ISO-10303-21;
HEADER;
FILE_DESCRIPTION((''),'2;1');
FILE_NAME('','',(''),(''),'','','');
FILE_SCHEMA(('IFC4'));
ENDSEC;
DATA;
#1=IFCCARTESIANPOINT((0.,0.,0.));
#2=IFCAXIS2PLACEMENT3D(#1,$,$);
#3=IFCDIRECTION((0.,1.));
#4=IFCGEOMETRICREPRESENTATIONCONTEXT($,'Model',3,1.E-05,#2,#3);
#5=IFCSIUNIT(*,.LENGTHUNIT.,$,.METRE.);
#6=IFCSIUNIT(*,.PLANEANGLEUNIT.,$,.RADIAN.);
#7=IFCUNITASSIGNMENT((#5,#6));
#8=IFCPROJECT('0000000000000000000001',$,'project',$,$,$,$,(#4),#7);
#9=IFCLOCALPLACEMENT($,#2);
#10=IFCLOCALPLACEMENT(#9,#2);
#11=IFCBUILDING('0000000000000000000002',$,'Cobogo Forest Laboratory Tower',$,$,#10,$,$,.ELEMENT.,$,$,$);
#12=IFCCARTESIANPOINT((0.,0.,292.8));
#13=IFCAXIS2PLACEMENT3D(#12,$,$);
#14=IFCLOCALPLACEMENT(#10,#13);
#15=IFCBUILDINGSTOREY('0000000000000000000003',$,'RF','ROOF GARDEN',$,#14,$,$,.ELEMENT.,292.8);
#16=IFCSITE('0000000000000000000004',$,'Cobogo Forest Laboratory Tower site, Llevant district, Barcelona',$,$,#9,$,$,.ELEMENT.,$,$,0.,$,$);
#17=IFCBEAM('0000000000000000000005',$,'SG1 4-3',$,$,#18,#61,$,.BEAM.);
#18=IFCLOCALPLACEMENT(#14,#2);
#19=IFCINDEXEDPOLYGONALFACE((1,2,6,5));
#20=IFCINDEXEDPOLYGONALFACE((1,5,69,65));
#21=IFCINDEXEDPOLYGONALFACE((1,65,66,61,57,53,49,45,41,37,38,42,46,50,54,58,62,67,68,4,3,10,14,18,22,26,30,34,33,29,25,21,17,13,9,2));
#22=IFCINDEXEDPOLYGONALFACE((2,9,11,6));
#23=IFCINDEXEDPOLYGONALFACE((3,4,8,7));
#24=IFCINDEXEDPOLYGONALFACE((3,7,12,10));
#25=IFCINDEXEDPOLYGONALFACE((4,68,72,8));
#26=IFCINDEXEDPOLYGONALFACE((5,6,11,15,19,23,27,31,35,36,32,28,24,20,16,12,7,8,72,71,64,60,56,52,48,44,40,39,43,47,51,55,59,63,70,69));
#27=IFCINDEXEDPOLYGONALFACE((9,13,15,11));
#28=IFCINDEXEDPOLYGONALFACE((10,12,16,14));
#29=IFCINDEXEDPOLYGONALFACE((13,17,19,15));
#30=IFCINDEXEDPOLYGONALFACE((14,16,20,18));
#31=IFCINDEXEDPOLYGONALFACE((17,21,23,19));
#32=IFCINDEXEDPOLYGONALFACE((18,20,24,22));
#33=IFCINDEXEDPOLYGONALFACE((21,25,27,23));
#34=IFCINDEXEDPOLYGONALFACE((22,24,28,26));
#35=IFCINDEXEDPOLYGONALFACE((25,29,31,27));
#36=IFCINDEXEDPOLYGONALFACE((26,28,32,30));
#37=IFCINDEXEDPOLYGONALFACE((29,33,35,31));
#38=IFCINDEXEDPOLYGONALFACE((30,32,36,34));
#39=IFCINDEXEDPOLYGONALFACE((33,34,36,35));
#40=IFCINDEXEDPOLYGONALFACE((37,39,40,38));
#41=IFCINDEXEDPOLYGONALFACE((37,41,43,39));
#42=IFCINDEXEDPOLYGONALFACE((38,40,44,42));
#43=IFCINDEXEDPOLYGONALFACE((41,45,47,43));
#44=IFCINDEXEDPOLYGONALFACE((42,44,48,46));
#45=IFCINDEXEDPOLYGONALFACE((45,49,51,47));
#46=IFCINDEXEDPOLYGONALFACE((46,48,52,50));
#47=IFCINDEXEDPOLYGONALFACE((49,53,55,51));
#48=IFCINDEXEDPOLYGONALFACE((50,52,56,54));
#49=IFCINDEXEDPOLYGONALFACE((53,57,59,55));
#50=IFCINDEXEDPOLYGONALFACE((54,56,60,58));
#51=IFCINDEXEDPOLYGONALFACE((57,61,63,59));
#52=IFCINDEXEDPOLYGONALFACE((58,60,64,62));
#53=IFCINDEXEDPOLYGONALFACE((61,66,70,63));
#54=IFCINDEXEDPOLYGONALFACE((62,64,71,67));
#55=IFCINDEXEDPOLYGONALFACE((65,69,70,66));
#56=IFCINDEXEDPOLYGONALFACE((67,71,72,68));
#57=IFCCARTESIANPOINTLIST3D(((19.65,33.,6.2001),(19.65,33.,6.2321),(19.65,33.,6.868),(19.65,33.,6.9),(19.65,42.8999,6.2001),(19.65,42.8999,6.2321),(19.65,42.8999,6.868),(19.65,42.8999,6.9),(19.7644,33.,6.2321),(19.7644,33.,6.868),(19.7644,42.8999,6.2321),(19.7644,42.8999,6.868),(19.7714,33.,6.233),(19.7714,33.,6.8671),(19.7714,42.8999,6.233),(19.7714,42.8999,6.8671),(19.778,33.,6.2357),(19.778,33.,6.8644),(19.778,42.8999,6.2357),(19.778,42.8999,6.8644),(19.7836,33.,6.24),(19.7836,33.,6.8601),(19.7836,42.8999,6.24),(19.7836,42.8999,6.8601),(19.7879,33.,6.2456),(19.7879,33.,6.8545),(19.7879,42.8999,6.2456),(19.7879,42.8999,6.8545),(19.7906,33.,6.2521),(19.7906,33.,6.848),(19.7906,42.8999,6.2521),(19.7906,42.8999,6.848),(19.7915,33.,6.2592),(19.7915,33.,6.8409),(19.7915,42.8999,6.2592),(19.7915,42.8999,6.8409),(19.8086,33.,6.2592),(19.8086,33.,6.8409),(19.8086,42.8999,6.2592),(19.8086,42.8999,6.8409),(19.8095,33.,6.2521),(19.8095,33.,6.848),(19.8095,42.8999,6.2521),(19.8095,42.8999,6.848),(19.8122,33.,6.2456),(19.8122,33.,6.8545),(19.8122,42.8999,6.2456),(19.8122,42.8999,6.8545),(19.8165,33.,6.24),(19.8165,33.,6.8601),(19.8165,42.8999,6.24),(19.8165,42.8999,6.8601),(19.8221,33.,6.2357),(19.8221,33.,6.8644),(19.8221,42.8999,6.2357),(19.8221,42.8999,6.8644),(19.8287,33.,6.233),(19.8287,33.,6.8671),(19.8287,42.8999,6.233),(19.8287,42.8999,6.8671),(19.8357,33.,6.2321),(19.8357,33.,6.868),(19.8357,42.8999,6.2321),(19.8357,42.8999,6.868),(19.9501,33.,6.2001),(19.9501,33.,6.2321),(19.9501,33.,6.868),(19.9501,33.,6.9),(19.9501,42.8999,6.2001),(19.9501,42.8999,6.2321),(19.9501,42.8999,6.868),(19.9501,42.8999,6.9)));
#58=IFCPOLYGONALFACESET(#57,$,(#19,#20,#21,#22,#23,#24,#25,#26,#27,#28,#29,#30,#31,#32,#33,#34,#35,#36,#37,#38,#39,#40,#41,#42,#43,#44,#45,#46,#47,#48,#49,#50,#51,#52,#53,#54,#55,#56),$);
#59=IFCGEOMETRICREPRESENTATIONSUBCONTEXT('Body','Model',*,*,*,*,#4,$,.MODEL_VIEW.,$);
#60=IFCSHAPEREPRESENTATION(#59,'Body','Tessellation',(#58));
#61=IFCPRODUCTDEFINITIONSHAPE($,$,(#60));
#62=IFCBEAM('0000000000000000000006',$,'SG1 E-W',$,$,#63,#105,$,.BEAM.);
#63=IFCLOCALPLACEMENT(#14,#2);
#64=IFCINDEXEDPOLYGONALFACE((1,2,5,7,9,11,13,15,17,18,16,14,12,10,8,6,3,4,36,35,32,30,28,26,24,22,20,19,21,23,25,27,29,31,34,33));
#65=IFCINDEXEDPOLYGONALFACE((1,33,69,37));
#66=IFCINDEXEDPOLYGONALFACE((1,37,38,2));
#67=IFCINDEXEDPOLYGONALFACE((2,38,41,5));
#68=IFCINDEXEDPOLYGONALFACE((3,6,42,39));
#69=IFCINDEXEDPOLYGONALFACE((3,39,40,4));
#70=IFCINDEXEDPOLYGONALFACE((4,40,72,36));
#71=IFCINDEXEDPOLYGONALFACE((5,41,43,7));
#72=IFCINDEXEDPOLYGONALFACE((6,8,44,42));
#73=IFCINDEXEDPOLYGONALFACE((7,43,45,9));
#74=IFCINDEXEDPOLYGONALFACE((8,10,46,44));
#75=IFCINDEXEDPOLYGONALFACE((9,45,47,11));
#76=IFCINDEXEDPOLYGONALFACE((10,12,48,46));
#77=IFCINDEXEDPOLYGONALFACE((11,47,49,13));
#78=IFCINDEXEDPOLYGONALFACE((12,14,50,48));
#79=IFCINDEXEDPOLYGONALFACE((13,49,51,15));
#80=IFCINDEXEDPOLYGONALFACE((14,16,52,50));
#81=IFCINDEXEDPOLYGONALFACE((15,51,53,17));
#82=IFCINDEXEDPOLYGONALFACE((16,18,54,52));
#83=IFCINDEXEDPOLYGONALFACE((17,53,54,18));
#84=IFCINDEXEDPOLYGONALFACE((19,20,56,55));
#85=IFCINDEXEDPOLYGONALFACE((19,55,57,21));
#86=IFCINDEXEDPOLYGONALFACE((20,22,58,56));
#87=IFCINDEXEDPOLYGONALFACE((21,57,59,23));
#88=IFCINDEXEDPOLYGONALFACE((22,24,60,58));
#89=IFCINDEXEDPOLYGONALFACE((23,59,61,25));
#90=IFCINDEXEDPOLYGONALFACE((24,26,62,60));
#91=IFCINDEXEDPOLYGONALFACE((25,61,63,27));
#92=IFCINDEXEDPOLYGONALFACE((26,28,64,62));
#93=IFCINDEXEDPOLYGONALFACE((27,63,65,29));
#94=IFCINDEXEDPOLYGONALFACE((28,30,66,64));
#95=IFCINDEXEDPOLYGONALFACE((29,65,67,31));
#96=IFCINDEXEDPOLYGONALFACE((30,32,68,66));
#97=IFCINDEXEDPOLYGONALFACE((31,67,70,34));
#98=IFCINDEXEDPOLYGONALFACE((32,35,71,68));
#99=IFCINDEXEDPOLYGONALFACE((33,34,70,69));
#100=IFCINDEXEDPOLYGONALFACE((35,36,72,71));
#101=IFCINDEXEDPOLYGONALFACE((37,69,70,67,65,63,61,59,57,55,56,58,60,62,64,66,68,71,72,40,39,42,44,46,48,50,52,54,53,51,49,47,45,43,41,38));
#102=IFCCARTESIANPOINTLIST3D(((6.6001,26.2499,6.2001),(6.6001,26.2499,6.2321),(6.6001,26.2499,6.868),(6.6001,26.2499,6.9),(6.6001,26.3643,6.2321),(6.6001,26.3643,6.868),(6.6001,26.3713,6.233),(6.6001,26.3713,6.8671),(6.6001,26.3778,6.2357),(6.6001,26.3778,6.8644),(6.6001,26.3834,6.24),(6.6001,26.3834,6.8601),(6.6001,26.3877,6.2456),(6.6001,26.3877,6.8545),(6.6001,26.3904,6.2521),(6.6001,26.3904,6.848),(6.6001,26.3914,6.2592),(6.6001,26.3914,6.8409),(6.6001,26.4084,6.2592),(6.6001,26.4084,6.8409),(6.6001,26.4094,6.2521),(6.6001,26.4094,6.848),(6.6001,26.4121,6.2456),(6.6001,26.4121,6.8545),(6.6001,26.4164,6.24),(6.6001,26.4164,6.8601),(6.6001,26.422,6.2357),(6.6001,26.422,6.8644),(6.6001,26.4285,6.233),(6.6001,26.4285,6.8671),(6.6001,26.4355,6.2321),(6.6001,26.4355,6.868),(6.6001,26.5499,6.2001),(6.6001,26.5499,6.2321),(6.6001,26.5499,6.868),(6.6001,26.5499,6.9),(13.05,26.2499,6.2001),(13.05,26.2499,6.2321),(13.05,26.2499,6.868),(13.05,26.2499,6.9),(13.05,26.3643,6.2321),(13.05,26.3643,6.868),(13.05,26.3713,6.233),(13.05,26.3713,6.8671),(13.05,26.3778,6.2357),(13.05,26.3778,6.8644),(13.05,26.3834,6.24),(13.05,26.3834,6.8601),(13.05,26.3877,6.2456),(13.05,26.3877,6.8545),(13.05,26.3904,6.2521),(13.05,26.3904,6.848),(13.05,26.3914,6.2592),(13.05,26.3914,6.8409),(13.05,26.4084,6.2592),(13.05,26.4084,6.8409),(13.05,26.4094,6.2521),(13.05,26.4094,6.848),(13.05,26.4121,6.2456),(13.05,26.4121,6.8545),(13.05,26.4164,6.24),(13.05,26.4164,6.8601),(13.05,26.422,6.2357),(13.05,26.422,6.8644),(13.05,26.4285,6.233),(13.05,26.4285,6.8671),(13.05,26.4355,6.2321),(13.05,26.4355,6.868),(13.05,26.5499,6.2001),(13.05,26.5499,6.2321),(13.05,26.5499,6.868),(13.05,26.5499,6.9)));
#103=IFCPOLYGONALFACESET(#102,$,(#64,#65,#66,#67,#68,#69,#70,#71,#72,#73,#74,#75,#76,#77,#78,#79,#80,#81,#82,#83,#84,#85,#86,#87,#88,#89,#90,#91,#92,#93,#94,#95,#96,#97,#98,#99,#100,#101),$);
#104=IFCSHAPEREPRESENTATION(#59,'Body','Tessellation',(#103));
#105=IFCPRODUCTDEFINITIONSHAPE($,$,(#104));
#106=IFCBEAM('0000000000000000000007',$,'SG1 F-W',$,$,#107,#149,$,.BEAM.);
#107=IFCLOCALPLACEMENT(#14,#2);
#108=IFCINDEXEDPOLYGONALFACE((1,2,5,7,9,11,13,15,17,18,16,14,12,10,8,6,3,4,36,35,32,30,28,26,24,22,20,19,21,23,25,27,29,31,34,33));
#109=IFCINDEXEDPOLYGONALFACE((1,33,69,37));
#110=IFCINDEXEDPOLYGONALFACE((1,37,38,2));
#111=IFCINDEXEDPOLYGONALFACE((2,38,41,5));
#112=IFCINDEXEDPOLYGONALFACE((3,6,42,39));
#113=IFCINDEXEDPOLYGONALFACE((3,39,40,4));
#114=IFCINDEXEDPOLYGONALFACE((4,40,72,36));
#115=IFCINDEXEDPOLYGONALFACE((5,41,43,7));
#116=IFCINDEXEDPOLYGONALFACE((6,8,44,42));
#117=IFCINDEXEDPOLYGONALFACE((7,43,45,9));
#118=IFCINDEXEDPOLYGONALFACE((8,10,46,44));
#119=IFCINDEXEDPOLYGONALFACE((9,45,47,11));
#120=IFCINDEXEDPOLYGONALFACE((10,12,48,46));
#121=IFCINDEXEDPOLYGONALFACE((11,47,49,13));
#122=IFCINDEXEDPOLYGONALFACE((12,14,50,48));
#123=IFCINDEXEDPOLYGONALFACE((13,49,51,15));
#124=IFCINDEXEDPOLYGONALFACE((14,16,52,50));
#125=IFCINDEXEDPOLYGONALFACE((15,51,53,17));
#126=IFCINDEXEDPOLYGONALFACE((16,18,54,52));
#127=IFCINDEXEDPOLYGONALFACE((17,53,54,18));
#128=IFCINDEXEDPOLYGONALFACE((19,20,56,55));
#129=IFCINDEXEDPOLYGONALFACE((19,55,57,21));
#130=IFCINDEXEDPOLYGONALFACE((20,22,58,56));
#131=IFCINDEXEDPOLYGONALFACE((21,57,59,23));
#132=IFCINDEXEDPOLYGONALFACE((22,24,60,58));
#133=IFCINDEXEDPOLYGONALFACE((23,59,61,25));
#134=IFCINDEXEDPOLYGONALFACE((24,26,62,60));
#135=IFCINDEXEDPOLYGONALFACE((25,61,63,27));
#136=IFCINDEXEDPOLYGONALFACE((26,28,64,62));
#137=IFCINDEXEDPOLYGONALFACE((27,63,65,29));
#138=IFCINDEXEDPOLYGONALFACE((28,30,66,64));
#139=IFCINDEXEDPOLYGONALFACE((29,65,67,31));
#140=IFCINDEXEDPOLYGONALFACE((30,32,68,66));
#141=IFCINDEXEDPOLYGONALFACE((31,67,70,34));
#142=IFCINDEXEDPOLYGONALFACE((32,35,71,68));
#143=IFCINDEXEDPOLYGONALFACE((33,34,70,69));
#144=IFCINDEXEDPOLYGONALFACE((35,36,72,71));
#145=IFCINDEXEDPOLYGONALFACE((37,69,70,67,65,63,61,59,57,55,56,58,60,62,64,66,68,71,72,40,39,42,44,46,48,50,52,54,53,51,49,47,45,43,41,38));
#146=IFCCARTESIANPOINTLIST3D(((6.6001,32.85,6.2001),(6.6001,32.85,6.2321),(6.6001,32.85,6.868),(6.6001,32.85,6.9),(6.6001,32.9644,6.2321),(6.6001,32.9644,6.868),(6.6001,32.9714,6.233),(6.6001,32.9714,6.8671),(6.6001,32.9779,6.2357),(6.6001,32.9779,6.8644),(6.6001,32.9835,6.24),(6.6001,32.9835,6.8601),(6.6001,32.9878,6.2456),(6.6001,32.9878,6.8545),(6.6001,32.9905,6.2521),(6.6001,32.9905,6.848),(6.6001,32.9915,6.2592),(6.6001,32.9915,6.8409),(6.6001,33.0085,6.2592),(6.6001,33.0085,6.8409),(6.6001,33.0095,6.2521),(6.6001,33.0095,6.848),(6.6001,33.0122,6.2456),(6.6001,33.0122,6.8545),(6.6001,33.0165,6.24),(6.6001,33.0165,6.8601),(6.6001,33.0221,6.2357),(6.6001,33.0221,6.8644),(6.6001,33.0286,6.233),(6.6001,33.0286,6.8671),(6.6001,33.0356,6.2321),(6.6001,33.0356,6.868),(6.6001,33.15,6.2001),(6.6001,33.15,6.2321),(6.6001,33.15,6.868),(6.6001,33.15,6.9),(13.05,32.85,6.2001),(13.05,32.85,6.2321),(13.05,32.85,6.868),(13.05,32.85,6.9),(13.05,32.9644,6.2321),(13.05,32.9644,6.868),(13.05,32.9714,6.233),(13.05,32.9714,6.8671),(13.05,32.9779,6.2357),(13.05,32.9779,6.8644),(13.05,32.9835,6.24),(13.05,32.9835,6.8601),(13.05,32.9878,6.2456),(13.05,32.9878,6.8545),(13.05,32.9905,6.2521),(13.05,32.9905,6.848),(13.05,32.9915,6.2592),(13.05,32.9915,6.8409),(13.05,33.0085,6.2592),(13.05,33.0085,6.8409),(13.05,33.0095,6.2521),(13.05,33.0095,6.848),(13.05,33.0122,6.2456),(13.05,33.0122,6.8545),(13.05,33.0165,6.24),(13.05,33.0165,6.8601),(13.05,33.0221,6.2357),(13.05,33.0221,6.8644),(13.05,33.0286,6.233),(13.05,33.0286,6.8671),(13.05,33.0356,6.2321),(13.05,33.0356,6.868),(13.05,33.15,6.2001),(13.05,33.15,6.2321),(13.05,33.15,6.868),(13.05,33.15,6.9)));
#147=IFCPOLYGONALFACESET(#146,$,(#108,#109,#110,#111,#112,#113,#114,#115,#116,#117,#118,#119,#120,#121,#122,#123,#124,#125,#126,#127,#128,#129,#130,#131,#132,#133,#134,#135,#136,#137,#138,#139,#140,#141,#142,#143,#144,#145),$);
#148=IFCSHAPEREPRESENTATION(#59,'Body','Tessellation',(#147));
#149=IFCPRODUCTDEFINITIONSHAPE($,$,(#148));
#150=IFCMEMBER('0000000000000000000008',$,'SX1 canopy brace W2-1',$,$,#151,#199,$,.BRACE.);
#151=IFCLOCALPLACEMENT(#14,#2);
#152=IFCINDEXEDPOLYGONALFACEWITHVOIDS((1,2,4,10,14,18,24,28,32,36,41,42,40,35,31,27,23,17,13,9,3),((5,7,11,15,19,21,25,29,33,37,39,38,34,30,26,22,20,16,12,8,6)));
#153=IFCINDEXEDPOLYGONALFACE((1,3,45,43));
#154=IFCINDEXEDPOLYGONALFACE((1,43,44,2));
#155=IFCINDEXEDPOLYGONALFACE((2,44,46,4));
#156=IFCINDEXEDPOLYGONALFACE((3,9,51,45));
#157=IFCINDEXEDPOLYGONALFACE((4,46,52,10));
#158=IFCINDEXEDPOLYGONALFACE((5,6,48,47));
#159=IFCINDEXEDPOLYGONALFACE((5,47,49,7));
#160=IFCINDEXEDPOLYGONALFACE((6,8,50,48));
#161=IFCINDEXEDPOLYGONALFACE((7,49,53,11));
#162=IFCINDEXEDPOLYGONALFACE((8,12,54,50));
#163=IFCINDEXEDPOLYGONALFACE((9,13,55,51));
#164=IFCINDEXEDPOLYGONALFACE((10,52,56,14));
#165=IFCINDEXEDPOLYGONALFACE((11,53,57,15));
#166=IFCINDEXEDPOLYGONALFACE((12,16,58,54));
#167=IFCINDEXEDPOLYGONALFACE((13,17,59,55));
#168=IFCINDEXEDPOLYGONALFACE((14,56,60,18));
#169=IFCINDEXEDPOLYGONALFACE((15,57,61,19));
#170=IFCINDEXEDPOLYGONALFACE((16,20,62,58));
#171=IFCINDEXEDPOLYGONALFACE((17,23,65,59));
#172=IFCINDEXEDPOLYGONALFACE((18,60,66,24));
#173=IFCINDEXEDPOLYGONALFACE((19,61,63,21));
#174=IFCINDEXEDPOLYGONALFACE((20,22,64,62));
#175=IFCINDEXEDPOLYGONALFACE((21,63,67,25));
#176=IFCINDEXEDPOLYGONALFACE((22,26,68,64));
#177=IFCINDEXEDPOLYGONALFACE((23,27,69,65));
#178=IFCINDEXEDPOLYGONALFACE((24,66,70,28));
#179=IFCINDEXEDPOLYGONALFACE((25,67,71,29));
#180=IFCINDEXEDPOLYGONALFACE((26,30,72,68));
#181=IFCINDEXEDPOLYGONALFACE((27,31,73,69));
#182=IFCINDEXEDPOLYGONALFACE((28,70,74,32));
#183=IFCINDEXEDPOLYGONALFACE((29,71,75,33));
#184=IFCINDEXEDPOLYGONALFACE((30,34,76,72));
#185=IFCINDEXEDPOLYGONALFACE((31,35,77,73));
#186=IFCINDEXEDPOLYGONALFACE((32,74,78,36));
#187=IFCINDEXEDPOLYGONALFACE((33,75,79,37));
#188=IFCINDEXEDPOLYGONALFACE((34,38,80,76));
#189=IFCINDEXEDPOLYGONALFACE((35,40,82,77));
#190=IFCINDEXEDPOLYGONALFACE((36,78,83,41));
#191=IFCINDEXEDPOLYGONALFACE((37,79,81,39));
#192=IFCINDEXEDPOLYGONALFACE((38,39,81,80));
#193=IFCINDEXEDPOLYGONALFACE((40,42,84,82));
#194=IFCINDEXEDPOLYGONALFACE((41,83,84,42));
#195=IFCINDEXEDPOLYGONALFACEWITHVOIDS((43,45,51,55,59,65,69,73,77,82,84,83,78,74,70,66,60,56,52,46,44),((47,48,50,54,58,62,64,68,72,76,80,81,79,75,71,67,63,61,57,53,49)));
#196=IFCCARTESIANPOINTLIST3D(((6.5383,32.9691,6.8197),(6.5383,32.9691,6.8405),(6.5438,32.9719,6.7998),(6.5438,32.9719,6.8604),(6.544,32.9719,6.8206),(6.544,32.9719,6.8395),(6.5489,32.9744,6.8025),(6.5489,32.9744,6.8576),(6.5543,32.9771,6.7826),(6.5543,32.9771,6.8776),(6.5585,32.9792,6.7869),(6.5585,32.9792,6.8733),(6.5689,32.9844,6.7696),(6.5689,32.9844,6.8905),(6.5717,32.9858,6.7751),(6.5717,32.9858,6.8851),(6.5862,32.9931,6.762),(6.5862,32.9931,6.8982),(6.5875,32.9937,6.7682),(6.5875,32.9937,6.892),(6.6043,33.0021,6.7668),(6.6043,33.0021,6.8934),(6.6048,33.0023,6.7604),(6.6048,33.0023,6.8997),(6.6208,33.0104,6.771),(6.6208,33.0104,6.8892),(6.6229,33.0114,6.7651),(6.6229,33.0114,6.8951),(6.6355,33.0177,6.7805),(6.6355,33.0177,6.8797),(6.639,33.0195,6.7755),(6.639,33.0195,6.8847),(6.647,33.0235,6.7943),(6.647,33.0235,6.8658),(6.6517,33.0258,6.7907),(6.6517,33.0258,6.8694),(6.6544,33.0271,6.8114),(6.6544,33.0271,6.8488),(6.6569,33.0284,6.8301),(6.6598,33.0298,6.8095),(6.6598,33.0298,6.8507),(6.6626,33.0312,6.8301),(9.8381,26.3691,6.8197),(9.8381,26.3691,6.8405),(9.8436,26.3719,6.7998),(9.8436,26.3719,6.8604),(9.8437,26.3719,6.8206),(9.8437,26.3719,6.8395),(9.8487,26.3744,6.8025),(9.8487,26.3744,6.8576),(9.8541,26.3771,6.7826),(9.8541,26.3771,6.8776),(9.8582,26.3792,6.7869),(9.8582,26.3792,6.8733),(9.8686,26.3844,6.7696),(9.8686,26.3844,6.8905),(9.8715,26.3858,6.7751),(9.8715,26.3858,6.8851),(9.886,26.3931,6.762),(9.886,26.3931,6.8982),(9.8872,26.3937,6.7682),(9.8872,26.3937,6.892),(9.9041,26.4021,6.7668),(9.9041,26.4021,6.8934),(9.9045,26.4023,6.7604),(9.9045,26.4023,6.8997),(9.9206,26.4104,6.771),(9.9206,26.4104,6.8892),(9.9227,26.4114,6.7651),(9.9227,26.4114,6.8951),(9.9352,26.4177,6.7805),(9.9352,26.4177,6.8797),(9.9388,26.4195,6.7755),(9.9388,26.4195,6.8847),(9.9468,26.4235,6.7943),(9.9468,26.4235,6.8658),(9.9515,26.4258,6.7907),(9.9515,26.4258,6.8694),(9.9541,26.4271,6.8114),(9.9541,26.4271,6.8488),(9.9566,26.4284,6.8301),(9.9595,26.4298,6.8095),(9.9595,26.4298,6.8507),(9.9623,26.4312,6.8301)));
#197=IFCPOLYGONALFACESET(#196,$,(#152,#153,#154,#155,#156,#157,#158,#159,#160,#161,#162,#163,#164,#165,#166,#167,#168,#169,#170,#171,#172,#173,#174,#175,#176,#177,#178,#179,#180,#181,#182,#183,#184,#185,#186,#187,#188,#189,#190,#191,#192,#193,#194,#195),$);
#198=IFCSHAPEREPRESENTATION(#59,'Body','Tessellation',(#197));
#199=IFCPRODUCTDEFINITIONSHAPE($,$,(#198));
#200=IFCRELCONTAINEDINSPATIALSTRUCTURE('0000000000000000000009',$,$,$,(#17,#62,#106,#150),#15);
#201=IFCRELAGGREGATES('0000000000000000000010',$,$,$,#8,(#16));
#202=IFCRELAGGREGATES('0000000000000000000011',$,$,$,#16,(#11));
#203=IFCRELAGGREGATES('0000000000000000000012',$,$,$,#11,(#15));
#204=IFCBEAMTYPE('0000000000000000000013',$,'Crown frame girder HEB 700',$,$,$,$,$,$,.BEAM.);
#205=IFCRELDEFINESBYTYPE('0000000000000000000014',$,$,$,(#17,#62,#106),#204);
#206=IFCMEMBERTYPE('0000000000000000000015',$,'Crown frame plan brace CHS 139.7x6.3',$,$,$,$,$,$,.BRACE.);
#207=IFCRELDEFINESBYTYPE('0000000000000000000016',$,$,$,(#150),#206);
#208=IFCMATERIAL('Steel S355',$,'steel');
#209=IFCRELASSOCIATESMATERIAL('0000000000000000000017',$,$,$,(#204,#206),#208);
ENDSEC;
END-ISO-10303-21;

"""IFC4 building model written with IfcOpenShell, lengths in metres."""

from ifc_helpers import new_model, si_unit, direction, frame, origin, origin_2d, place, context, subcontext, project, spatial, hollow_circle, i_section, extrude, material, material_profile, profile_set, type_object, element, save


model = new_model("IFC4")

# Units and contexts
model_context = context("Model", 3, precision=1e-05, world=origin(), true_north=direction((0.0, 1.0)))
body_context = subcontext(model_context, "Body", "Model", "MODEL_VIEW")
ifc_project = project(units=[si_unit("LENGTHUNIT", "METRE"), si_unit("PLANEANGLEUNIT", "RADIAN")], contexts=[model_context])

# Site, building, storey
site_placement = place(None, origin())
site = spatial("IfcSite", under=ifc_project, at=site_placement, Name="Cobogo Forest Laboratory Tower site, Llevant district, Barcelona", CompositionType="ELEMENT", RefElevation=0.0)
building_placement = place(site_placement, origin())
building = spatial("IfcBuilding", under=site, at=building_placement, Name="Cobogo Forest Laboratory Tower", CompositionType="ELEMENT")
storey_placement = place(building_placement, frame((0.0, 0.0, 292.8)))
storey = spatial("IfcBuildingStorey", under=building, at=storey_placement, Name="RF", Description="ROOF GARDEN", CompositionType="ELEMENT", Elevation=292.8)

# Shared definitions
ifc_material_1 = material(Name="Steel S355", Category="steel")

# Beams
ifc_material_profile_1 = material_profile(ifc_material_1, i_section(OverallWidth=0.3, OverallDepth=0.7, WebThickness=0.0171, FlangeThickness=0.032, FilletRadius=0.0271, at=origin_2d()), Name="HEB 700")
ifc_profile_set_1 = profile_set([ifc_material_profile_1], Name="Steel S355")
beam_type_1 = type_object("IfcBeamType", Name="Crown frame girder HEB 700", PredefinedType="BEAM", material=ifc_profile_set_1)
for number, where, z_axis, x_axis, name in (
    (1, (19.8, 33.0, 6.55), (0.0, 1.0, 0.0), (-1.0, 0.0, 0.0), "SG1 4-3"),
):
    element("IfcBeam", number, at=place(storey_placement, frame(where, z_axis=z_axis, x_axis=x_axis)), inside=storey, type_object=beam_type_1, Name=name, PredefinedType="BEAM", context=body_context, shape_type="SweptSolid", body=[
        extrude(i_section(OverallWidth=0.3, OverallDepth=0.7, WebThickness=0.0171, FlangeThickness=0.032, FilletRadius=0.0271, at=origin_2d()), origin(), (0.0, 0.0, 1.0), 9.8999),
    ])
for number, where, z_axis, x_axis, name in (
    (2, (6.6001, 26.3999, 6.55), (1.0, 0.0, 0.0), (0.0, 1.0, 0.0), "SG1 E-W"),
    (3, (6.6001, 33.0, 6.55), (1.0, 0.0, 0.0), (0.0, 1.0, 0.0), "SG1 F-W"),
):
    element("IfcBeam", number, at=place(storey_placement, frame(where, z_axis=z_axis, x_axis=x_axis)), inside=storey, type_object=beam_type_1, Name=name, PredefinedType="BEAM", context=body_context, shape_type="SweptSolid", body=[
        extrude(i_section(OverallWidth=0.3, OverallDepth=0.7, WebThickness=0.0171, FlangeThickness=0.032, FilletRadius=0.0271, at=origin_2d()), origin(), (0.0, 0.0, 1.0), 6.45),
    ])

# Member
ifc_material_profile_2 = material_profile(ifc_material_1, hollow_circle(Radius=0.0698, WallThickness=0.0063, at=origin_2d()), Name="CHS 139.7x6.3")
ifc_profile_set_2 = profile_set([ifc_material_profile_2], Name="Steel S355")
member_type = type_object("IfcMemberType", Name="Crown frame plan brace CHS 139.7x6.3", PredefinedType="BRACE", material=ifc_profile_set_2)
member_1_placement = place(storey_placement, frame((6.6001, 33.0, 6.8301), z_axis=(0.447187, -0.89444, 0.0), x_axis=(0.89444, 0.447187, 0.0)))
element("IfcMember", 4, at=member_1_placement, inside=storey, type_object=member_type, Name="SX1 canopy brace W2-1", PredefinedType="BRACE", context=body_context, shape_type="SweptSolid", body=[
    extrude(hollow_circle(Radius=0.0698, WallThickness=0.0063, at=origin_2d()), origin(), (0.0, 0.0, 1.0), 7.3789),
])

save(model, "model.ifc")
